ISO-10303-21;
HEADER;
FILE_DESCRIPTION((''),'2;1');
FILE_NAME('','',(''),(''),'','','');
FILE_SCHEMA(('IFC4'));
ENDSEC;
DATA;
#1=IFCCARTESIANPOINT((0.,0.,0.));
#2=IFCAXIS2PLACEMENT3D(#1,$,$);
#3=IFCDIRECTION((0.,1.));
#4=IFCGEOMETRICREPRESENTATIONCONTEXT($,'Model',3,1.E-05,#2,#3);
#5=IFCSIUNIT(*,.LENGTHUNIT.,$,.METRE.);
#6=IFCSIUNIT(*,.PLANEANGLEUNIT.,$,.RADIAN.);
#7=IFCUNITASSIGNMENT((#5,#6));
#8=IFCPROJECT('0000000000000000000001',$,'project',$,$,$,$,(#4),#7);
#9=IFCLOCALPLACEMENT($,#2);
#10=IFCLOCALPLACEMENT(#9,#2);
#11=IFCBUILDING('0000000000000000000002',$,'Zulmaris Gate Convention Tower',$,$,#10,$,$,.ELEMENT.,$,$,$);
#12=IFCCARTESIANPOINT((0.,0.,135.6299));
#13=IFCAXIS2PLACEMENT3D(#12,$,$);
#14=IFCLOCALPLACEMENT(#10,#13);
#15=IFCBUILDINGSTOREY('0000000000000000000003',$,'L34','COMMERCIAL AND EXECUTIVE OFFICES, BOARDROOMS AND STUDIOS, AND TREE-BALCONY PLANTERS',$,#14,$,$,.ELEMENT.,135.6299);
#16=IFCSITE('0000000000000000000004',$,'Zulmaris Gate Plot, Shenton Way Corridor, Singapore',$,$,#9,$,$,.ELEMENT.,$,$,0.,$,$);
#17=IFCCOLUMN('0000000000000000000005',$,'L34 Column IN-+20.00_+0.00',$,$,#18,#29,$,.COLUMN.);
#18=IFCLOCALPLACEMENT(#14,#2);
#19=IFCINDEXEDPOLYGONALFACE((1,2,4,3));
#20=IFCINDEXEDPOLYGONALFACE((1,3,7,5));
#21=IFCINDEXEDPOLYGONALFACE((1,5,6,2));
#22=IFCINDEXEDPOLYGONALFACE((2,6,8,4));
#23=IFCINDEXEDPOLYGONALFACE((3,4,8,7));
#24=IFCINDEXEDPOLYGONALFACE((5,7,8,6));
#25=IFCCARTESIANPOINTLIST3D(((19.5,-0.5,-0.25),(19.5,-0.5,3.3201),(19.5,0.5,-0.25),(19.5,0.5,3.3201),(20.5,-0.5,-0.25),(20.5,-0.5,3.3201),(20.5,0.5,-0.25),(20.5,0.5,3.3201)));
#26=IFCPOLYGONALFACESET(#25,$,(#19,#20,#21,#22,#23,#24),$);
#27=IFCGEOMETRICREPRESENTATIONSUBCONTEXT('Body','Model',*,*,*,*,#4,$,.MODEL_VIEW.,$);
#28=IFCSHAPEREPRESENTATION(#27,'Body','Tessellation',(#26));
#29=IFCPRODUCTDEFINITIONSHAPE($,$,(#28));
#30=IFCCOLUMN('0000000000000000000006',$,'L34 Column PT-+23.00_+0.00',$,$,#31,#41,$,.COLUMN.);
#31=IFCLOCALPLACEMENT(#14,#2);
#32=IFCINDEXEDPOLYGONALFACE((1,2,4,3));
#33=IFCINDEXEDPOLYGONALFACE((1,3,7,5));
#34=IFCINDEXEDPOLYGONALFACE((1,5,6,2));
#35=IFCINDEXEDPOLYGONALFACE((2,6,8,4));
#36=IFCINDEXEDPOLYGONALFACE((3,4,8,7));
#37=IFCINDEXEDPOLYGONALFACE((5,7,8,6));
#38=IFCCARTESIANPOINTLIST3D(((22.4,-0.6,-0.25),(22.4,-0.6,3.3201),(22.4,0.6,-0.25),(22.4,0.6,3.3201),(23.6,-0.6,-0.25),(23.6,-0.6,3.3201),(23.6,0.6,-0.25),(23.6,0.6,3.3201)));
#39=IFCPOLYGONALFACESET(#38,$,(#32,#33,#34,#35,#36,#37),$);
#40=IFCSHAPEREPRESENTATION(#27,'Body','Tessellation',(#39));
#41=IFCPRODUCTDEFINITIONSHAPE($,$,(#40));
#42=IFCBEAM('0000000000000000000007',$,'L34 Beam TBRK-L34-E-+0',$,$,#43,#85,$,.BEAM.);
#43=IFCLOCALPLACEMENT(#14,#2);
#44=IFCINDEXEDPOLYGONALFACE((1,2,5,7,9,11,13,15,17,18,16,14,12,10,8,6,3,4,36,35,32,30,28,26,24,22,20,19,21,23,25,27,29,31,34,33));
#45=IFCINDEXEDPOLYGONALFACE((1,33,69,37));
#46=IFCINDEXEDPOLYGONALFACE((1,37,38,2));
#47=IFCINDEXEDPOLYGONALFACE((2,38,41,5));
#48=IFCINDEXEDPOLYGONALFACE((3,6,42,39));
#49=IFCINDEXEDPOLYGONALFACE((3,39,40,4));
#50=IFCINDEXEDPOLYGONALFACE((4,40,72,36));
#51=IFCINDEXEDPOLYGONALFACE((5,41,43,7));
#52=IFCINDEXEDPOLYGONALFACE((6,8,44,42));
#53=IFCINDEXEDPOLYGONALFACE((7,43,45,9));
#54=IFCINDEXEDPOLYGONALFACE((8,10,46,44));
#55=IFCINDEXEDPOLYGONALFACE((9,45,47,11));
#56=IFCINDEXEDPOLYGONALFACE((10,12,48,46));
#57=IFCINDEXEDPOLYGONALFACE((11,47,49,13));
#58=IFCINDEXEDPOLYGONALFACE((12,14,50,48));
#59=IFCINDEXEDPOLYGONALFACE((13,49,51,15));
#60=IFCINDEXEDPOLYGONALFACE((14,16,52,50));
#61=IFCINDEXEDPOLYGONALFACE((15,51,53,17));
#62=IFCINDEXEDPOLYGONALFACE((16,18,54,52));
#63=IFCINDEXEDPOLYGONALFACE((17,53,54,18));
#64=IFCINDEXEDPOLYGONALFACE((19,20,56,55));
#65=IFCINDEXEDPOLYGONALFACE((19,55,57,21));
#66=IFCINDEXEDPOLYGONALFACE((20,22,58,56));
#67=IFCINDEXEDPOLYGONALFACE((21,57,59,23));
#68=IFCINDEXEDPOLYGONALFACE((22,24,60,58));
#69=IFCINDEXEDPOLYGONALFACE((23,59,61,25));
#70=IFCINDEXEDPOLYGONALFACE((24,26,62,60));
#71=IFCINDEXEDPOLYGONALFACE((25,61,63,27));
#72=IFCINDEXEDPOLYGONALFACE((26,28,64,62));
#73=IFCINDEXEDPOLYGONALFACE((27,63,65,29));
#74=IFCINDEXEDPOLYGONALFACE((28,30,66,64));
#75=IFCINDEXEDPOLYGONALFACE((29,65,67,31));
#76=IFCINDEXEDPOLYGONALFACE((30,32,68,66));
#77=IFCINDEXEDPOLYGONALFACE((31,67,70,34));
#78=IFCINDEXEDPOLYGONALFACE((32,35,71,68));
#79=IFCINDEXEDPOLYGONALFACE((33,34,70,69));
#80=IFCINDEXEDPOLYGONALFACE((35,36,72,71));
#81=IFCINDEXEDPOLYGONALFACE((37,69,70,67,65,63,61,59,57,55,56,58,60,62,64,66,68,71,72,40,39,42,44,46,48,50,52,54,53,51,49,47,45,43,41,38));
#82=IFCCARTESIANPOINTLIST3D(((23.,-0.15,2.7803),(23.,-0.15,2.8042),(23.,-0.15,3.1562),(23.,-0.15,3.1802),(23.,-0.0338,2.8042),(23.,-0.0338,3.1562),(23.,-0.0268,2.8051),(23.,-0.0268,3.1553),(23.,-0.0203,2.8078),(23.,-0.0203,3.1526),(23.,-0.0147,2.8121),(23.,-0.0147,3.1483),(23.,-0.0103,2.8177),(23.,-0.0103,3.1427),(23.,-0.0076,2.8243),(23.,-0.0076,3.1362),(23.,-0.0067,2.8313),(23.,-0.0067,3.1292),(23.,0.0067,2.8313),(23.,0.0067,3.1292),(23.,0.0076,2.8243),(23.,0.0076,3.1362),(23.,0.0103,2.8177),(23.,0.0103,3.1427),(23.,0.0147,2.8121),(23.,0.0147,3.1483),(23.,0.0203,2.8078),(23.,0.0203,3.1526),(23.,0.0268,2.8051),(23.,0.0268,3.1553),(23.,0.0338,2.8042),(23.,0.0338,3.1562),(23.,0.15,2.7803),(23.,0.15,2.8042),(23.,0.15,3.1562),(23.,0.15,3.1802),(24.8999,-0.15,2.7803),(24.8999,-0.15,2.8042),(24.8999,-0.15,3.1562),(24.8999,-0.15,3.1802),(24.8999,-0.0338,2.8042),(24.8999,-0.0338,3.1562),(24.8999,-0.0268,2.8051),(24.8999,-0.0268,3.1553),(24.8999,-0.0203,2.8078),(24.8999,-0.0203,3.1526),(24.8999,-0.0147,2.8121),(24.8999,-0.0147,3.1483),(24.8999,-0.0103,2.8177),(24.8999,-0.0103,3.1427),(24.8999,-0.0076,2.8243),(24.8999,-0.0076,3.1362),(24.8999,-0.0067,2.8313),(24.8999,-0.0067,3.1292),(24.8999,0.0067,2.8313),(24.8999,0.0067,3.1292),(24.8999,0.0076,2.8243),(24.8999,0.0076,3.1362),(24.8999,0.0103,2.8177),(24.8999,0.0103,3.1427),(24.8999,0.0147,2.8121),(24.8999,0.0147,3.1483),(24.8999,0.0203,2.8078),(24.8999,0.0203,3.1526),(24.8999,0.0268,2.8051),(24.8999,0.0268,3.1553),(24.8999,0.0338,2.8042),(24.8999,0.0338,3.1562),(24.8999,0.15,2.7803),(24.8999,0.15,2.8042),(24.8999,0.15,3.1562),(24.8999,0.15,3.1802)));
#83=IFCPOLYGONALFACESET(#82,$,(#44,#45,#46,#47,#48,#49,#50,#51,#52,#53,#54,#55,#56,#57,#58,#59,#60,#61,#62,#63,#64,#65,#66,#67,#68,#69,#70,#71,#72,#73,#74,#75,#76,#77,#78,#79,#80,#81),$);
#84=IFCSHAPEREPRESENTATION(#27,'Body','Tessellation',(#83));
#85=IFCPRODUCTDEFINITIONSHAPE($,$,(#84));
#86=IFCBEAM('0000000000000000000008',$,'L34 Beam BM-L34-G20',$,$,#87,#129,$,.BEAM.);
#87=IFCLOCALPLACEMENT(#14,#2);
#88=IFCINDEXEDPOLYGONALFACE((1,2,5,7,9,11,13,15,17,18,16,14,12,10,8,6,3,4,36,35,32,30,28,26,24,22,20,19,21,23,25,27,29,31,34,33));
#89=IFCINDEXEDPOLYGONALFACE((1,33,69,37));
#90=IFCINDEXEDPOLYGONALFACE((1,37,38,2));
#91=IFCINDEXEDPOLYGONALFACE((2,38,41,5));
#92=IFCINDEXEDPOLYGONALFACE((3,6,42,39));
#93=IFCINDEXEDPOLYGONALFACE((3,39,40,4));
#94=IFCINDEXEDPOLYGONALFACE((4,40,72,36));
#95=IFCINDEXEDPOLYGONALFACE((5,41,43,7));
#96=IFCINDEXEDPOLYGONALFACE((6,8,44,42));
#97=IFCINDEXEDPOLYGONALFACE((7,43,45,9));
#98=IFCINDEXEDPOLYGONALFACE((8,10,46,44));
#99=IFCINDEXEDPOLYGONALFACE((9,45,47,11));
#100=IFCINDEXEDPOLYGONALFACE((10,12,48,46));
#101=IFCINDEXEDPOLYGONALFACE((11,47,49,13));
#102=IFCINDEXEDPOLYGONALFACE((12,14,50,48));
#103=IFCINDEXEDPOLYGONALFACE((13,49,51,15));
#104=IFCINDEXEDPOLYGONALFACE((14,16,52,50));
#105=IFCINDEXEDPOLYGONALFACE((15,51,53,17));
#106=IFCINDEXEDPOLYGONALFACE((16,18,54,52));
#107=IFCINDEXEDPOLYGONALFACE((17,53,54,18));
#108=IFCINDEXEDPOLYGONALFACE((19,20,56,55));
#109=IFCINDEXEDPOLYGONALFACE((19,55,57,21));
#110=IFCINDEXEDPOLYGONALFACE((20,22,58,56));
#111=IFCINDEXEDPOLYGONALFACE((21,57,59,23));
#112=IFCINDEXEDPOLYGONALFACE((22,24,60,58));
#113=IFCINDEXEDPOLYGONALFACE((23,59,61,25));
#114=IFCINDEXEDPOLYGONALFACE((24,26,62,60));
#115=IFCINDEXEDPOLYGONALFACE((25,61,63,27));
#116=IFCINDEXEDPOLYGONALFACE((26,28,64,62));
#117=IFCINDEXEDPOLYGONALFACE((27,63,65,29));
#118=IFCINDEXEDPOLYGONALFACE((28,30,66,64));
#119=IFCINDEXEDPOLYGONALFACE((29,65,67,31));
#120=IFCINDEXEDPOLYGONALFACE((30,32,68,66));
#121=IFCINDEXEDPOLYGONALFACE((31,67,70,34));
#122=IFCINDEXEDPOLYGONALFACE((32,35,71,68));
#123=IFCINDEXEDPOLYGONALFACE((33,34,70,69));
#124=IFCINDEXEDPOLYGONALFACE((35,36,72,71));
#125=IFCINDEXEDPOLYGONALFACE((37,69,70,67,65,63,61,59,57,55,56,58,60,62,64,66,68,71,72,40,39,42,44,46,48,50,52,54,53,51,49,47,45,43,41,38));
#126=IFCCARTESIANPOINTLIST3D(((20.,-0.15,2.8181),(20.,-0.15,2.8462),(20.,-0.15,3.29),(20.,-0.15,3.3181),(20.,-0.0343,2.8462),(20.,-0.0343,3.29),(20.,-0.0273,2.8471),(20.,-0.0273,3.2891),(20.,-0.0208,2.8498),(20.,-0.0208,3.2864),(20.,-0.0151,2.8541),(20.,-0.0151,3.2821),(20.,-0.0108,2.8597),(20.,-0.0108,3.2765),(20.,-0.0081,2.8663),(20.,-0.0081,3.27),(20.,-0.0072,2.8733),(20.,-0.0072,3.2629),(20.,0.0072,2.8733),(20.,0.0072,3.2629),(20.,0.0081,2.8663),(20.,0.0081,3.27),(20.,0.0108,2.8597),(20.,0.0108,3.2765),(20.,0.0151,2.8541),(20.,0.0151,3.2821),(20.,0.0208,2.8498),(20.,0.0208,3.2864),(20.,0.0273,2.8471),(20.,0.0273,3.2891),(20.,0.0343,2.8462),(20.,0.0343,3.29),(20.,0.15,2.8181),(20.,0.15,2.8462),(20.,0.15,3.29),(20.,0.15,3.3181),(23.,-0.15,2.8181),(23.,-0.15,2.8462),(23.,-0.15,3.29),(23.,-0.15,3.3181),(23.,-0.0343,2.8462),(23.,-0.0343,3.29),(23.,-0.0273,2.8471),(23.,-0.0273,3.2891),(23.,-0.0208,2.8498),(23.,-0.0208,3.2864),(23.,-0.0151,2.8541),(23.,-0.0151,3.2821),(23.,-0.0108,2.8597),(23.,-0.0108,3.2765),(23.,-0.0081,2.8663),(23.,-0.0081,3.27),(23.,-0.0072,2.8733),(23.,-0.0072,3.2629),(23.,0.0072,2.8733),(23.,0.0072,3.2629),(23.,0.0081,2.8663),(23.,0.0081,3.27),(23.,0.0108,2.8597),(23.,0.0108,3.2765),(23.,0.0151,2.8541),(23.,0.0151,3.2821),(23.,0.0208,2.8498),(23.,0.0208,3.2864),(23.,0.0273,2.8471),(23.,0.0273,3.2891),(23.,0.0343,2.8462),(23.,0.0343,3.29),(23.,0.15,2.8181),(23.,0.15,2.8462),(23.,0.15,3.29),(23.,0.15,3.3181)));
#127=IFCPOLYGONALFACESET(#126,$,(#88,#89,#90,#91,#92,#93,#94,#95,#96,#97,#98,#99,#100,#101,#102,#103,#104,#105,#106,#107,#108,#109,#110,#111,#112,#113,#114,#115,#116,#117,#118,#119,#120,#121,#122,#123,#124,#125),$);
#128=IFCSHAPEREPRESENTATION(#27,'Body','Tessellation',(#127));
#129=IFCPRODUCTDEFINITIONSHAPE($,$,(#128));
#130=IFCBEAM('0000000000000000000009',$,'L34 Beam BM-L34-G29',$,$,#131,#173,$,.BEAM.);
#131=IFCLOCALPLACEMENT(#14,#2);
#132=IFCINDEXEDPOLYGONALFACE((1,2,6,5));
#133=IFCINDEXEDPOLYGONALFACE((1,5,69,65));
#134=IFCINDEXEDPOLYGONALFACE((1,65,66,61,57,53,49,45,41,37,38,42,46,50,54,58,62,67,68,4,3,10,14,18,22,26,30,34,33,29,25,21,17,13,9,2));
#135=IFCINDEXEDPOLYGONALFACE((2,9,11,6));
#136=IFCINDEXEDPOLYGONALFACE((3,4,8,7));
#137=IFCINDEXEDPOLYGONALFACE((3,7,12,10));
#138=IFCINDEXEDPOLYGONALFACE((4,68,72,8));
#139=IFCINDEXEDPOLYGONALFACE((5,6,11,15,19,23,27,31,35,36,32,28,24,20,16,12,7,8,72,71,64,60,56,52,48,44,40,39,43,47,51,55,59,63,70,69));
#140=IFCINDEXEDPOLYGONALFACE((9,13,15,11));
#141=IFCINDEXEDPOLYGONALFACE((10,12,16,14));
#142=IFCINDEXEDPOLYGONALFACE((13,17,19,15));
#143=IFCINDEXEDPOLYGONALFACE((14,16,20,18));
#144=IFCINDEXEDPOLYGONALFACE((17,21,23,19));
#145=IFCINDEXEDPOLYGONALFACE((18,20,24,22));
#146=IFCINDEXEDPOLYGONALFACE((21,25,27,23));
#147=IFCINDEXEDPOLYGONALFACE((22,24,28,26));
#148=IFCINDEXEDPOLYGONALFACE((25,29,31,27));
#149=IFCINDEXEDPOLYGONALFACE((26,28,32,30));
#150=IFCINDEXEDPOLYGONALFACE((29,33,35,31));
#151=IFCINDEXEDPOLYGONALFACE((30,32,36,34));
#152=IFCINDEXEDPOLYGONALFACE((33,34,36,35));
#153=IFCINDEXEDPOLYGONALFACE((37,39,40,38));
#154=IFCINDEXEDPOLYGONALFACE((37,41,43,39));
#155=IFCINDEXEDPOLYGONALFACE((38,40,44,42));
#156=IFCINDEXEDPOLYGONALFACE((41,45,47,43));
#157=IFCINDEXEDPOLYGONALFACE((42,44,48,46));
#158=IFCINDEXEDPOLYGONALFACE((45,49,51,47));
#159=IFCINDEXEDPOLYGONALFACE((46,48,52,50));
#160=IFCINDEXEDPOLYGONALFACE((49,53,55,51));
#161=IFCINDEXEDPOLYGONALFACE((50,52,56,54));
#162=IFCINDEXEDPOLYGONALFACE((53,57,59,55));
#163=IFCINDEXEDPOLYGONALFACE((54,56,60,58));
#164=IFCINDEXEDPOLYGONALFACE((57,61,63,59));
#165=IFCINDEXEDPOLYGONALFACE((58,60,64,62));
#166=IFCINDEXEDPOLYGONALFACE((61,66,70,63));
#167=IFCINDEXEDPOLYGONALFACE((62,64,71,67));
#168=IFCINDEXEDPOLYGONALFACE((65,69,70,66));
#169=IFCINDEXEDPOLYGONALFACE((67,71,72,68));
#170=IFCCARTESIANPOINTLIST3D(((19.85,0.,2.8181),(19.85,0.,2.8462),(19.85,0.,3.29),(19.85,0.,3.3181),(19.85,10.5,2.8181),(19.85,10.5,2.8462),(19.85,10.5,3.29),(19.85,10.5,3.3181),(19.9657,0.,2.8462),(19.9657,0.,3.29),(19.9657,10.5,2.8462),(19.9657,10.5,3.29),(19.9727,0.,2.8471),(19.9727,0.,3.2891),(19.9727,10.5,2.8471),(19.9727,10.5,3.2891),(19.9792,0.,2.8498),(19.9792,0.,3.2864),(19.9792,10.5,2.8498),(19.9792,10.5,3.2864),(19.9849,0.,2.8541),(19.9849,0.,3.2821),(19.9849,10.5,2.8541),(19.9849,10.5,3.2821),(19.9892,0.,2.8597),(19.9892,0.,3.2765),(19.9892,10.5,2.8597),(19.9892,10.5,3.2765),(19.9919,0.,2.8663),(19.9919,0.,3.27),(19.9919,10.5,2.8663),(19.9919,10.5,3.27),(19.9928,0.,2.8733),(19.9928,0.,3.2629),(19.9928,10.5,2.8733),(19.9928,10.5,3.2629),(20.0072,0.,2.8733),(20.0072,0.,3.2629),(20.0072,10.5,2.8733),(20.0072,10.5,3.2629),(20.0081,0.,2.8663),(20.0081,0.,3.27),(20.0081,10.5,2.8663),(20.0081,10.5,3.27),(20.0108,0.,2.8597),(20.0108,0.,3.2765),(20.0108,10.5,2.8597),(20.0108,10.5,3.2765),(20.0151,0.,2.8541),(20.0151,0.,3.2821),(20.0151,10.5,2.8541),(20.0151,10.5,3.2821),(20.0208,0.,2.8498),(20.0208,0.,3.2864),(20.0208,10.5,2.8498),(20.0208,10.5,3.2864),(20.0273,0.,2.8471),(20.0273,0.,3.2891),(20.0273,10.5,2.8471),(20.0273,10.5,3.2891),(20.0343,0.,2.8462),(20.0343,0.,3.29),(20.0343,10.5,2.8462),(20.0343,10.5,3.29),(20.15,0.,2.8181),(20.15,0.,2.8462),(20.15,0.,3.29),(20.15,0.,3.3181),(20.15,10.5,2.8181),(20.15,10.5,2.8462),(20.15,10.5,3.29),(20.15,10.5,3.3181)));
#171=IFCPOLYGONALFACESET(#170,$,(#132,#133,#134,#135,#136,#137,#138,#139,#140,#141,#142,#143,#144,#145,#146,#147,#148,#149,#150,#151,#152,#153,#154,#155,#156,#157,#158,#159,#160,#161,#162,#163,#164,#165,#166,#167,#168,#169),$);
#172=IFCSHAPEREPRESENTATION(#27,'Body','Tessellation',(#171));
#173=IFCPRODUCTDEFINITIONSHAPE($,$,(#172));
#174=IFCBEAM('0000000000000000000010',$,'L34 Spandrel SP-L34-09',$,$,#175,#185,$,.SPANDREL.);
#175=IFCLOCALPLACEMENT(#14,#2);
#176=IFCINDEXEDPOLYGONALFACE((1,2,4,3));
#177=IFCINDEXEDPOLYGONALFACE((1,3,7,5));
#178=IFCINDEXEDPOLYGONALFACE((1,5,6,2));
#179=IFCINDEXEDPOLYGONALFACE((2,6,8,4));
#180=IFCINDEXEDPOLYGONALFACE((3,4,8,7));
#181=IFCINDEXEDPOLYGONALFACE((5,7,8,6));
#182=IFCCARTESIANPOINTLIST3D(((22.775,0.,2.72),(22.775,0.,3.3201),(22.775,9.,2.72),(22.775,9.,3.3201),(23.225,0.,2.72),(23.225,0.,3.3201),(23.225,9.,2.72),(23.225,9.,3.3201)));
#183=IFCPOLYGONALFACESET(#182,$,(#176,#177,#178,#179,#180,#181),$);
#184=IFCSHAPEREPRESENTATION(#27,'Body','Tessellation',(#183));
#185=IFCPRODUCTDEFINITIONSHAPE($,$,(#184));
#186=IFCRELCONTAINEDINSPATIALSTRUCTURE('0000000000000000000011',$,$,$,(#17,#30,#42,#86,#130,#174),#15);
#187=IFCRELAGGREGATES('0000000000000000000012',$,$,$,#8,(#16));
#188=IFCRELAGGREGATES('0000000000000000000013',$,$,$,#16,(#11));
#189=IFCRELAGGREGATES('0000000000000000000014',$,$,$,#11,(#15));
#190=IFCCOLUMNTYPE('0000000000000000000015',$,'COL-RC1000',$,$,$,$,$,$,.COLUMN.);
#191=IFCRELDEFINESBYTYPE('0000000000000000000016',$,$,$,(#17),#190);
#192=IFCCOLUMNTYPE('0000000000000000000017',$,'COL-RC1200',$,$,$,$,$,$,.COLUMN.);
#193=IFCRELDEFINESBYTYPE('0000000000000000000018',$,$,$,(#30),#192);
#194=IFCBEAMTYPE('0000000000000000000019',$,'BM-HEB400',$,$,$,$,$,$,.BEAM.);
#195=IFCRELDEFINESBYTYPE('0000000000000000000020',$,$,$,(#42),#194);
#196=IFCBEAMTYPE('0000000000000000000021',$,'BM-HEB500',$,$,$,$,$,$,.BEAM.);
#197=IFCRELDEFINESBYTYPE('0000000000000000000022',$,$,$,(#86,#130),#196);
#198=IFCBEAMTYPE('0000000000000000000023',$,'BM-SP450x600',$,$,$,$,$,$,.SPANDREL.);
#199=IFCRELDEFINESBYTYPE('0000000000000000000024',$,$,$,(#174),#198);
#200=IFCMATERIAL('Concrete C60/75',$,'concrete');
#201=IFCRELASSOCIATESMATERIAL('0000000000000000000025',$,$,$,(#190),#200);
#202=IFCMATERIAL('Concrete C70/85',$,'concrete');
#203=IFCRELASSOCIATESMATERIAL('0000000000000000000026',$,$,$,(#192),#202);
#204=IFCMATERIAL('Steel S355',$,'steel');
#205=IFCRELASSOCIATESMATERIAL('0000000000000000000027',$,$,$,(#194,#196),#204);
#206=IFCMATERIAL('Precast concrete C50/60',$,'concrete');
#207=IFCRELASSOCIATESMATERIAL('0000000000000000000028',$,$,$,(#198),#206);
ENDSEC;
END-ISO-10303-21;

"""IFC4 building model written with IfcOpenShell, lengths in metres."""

from ifc_helpers import new_model, si_unit, direction, frame, origin, origin_2d, place, context, subcontext, project, spatial, rectangle, i_section, extrude, material, material_profile, profile_set, type_object, element, save


model = new_model("IFC4")

# Units and contexts
model_context = context("Model", 3, precision=1e-05, world=origin(), true_north=direction((0.0, 1.0)))
body_context = subcontext(model_context, "Body", "Model", "MODEL_VIEW")
ifc_project = project(units=[si_unit("LENGTHUNIT", "METRE"), si_unit("PLANEANGLEUNIT", "RADIAN")], contexts=[model_context])

# Site, building, storey
site_placement = place(None, origin())
site = spatial("IfcSite", under=ifc_project, at=site_placement, Name="Zulmaris Gate Plot, Shenton Way Corridor, Singapore", CompositionType="ELEMENT", RefElevation=0.0)
building_placement = place(site_placement, origin())
building = spatial("IfcBuilding", under=site, at=building_placement, Name="Zulmaris Gate Convention Tower", CompositionType="ELEMENT")
storey_placement = place(building_placement, frame((0.0, 0.0, 135.6299)))
storey = spatial("IfcBuildingStorey", under=building, at=storey_placement, Name="L34", Description="COMMERCIAL AND EXECUTIVE OFFICES, BOARDROOMS AND STUDIOS, AND TREE-BALCONY PLANTERS", CompositionType="ELEMENT", Elevation=135.6299)

# Columns
ifc_material_1 = material(Name="Concrete C60/75", Category="concrete")
ifc_material_profile_1 = material_profile(ifc_material_1, rectangle(XDim=1.0, YDim=1.0, at=origin_2d()), Name="RC COL 1000x1000")
ifc_profile_set_1 = profile_set([ifc_material_profile_1], Name="Concrete C60/75")
column_type_1 = type_object("IfcColumnType", Name="COL-RC1000", PredefinedType="COLUMN", material=ifc_profile_set_1)
column_1_placement = place(storey_placement, frame((20.0, 0.0, -0.25), z_axis=(0.0, 0.0, 1.0), x_axis=(1.0, 0.0, 0.0)))
element("IfcColumn", 1, at=column_1_placement, inside=storey, type_object=column_type_1, Name="L34 Column IN-+20.00_+0.00", PredefinedType="COLUMN", context=body_context, shape_type="SweptSolid", body=[
    extrude(rectangle(XDim=1.0, YDim=1.0, at=origin_2d()), origin(), (0.0, 0.0, 1.0), 3.5701),
])
ifc_material_2 = material(Name="Concrete C70/85", Category="concrete")
ifc_material_profile_2 = material_profile(ifc_material_2, rectangle(XDim=1.2, YDim=1.2, at=origin_2d()), Name="RC COL 1200x1200")
ifc_profile_set_2 = profile_set([ifc_material_profile_2], Name="Concrete C70/85")
column_type_2 = type_object("IfcColumnType", Name="COL-RC1200", PredefinedType="COLUMN", material=ifc_profile_set_2)
column_2_placement = place(storey_placement, frame((23.0, 0.0, -0.25), z_axis=(0.0, 0.0, 1.0), x_axis=(1.0, 0.0, 0.0)))
element("IfcColumn", 2, at=column_2_placement, inside=storey, type_object=column_type_2, Name="L34 Column PT-+23.00_+0.00", PredefinedType="COLUMN", context=body_context, shape_type="SweptSolid", body=[
    extrude(rectangle(XDim=1.2, YDim=1.2, at=origin_2d()), origin(), (0.0, 0.0, 1.0), 3.5701),
])

# Beams
ifc_material_3 = material(Name="Steel S355", Category="steel")
ifc_material_profile_3 = material_profile(ifc_material_3, i_section(OverallWidth=0.3, OverallDepth=0.3999, WebThickness=0.0134, FlangeThickness=0.0239, FilletRadius=0.0271, at=origin_2d()), Name="HEB 400")
ifc_profile_set_3 = profile_set([ifc_material_profile_3], Name="Steel S355")
beam_type_1 = type_object("IfcBeamType", Name="BM-HEB400", PredefinedType="BEAM", material=ifc_profile_set_3)
beam_1_placement = place(storey_placement, frame((23.0, 0.0, 2.9802), z_axis=(1.0, 0.0, 0.0), x_axis=(0.0, 1.0, 0.0)))
element("IfcBeam", 3, at=beam_1_placement, inside=storey, type_object=beam_type_1, Name="L34 Beam TBRK-L34-E-+0", PredefinedType="BEAM", context=body_context, shape_type="SweptSolid", body=[
    extrude(i_section(OverallWidth=0.3, OverallDepth=0.3999, WebThickness=0.0134, FlangeThickness=0.0239, FilletRadius=0.0271, at=origin_2d()), origin(), (0.0, 0.0, 1.0), 1.8999),
])
ifc_material_profile_4 = material_profile(ifc_material_3, i_section(OverallWidth=0.3, OverallDepth=0.5, WebThickness=0.0144, FlangeThickness=0.0281, FilletRadius=0.0271, at=origin_2d()), Name="HEB 500")
ifc_profile_set_4 = profile_set([ifc_material_profile_4], Name="Steel S355")
beam_type_2 = type_object("IfcBeamType", Name="BM-HEB500", PredefinedType="BEAM", material=ifc_profile_set_4)
beam_2_placement = place(storey_placement, frame((20.0, 0.0, 3.0681), z_axis=(1.0, 0.0, 0.0), x_axis=(0.0, 1.0, 0.0)))
element("IfcBeam", 4, at=beam_2_placement, inside=storey, type_object=beam_type_2, Name="L34 Beam BM-L34-G20", PredefinedType="BEAM", context=body_context, shape_type="SweptSolid", body=[
    extrude(i_section(OverallWidth=0.3, OverallDepth=0.5, WebThickness=0.0144, FlangeThickness=0.0281, FilletRadius=0.0271, at=origin_2d()), origin(), (0.0, 0.0, 1.0), 3.0),
])
beam_3_placement = place(storey_placement, frame((20.0, 0.0, 3.0681), z_axis=(0.0, 1.0, 0.0), x_axis=(-1.0, 0.0, 0.0)))
element("IfcBeam", 5, at=beam_3_placement, inside=storey, type_object=beam_type_2, Name="L34 Beam BM-L34-G29", PredefinedType="BEAM", context=body_context, shape_type="SweptSolid", body=[
    extrude(i_section(OverallWidth=0.3, OverallDepth=0.5, WebThickness=0.0144, FlangeThickness=0.0281, FilletRadius=0.0271, at=origin_2d()), origin(), (0.0, 0.0, 1.0), 10.5),
])
ifc_material_4 = material(Name="Precast concrete C50/60", Category="concrete")
ifc_material_profile_5 = material_profile(ifc_material_4, rectangle(XDim=0.45, YDim=0.6001, at=origin_2d()), Name="RC SPANDREL 450x600")
ifc_profile_set_5 = profile_set([ifc_material_profile_5], Name="Precast concrete C50/60")
beam_type_3 = type_object("IfcBeamType", Name="BM-SP450x600", PredefinedType="SPANDREL", material=ifc_profile_set_5)
beam_4_placement = place(storey_placement, frame((23.0, 0.0, 3.02), z_axis=(0.0, 1.0, 0.0), x_axis=(-1.0, 0.0, 0.0)))
element("IfcBeam", 6, at=beam_4_placement, inside=storey, type_object=beam_type_3, Name="L34 Spandrel SP-L34-09", PredefinedType="SPANDREL", context=body_context, shape_type="SweptSolid", body=[
    extrude(rectangle(XDim=0.45, YDim=0.6001, at=origin_2d()), origin(), (0.0, 0.0, 1.0), 9.0),
])

save(model, "model.ifc")
